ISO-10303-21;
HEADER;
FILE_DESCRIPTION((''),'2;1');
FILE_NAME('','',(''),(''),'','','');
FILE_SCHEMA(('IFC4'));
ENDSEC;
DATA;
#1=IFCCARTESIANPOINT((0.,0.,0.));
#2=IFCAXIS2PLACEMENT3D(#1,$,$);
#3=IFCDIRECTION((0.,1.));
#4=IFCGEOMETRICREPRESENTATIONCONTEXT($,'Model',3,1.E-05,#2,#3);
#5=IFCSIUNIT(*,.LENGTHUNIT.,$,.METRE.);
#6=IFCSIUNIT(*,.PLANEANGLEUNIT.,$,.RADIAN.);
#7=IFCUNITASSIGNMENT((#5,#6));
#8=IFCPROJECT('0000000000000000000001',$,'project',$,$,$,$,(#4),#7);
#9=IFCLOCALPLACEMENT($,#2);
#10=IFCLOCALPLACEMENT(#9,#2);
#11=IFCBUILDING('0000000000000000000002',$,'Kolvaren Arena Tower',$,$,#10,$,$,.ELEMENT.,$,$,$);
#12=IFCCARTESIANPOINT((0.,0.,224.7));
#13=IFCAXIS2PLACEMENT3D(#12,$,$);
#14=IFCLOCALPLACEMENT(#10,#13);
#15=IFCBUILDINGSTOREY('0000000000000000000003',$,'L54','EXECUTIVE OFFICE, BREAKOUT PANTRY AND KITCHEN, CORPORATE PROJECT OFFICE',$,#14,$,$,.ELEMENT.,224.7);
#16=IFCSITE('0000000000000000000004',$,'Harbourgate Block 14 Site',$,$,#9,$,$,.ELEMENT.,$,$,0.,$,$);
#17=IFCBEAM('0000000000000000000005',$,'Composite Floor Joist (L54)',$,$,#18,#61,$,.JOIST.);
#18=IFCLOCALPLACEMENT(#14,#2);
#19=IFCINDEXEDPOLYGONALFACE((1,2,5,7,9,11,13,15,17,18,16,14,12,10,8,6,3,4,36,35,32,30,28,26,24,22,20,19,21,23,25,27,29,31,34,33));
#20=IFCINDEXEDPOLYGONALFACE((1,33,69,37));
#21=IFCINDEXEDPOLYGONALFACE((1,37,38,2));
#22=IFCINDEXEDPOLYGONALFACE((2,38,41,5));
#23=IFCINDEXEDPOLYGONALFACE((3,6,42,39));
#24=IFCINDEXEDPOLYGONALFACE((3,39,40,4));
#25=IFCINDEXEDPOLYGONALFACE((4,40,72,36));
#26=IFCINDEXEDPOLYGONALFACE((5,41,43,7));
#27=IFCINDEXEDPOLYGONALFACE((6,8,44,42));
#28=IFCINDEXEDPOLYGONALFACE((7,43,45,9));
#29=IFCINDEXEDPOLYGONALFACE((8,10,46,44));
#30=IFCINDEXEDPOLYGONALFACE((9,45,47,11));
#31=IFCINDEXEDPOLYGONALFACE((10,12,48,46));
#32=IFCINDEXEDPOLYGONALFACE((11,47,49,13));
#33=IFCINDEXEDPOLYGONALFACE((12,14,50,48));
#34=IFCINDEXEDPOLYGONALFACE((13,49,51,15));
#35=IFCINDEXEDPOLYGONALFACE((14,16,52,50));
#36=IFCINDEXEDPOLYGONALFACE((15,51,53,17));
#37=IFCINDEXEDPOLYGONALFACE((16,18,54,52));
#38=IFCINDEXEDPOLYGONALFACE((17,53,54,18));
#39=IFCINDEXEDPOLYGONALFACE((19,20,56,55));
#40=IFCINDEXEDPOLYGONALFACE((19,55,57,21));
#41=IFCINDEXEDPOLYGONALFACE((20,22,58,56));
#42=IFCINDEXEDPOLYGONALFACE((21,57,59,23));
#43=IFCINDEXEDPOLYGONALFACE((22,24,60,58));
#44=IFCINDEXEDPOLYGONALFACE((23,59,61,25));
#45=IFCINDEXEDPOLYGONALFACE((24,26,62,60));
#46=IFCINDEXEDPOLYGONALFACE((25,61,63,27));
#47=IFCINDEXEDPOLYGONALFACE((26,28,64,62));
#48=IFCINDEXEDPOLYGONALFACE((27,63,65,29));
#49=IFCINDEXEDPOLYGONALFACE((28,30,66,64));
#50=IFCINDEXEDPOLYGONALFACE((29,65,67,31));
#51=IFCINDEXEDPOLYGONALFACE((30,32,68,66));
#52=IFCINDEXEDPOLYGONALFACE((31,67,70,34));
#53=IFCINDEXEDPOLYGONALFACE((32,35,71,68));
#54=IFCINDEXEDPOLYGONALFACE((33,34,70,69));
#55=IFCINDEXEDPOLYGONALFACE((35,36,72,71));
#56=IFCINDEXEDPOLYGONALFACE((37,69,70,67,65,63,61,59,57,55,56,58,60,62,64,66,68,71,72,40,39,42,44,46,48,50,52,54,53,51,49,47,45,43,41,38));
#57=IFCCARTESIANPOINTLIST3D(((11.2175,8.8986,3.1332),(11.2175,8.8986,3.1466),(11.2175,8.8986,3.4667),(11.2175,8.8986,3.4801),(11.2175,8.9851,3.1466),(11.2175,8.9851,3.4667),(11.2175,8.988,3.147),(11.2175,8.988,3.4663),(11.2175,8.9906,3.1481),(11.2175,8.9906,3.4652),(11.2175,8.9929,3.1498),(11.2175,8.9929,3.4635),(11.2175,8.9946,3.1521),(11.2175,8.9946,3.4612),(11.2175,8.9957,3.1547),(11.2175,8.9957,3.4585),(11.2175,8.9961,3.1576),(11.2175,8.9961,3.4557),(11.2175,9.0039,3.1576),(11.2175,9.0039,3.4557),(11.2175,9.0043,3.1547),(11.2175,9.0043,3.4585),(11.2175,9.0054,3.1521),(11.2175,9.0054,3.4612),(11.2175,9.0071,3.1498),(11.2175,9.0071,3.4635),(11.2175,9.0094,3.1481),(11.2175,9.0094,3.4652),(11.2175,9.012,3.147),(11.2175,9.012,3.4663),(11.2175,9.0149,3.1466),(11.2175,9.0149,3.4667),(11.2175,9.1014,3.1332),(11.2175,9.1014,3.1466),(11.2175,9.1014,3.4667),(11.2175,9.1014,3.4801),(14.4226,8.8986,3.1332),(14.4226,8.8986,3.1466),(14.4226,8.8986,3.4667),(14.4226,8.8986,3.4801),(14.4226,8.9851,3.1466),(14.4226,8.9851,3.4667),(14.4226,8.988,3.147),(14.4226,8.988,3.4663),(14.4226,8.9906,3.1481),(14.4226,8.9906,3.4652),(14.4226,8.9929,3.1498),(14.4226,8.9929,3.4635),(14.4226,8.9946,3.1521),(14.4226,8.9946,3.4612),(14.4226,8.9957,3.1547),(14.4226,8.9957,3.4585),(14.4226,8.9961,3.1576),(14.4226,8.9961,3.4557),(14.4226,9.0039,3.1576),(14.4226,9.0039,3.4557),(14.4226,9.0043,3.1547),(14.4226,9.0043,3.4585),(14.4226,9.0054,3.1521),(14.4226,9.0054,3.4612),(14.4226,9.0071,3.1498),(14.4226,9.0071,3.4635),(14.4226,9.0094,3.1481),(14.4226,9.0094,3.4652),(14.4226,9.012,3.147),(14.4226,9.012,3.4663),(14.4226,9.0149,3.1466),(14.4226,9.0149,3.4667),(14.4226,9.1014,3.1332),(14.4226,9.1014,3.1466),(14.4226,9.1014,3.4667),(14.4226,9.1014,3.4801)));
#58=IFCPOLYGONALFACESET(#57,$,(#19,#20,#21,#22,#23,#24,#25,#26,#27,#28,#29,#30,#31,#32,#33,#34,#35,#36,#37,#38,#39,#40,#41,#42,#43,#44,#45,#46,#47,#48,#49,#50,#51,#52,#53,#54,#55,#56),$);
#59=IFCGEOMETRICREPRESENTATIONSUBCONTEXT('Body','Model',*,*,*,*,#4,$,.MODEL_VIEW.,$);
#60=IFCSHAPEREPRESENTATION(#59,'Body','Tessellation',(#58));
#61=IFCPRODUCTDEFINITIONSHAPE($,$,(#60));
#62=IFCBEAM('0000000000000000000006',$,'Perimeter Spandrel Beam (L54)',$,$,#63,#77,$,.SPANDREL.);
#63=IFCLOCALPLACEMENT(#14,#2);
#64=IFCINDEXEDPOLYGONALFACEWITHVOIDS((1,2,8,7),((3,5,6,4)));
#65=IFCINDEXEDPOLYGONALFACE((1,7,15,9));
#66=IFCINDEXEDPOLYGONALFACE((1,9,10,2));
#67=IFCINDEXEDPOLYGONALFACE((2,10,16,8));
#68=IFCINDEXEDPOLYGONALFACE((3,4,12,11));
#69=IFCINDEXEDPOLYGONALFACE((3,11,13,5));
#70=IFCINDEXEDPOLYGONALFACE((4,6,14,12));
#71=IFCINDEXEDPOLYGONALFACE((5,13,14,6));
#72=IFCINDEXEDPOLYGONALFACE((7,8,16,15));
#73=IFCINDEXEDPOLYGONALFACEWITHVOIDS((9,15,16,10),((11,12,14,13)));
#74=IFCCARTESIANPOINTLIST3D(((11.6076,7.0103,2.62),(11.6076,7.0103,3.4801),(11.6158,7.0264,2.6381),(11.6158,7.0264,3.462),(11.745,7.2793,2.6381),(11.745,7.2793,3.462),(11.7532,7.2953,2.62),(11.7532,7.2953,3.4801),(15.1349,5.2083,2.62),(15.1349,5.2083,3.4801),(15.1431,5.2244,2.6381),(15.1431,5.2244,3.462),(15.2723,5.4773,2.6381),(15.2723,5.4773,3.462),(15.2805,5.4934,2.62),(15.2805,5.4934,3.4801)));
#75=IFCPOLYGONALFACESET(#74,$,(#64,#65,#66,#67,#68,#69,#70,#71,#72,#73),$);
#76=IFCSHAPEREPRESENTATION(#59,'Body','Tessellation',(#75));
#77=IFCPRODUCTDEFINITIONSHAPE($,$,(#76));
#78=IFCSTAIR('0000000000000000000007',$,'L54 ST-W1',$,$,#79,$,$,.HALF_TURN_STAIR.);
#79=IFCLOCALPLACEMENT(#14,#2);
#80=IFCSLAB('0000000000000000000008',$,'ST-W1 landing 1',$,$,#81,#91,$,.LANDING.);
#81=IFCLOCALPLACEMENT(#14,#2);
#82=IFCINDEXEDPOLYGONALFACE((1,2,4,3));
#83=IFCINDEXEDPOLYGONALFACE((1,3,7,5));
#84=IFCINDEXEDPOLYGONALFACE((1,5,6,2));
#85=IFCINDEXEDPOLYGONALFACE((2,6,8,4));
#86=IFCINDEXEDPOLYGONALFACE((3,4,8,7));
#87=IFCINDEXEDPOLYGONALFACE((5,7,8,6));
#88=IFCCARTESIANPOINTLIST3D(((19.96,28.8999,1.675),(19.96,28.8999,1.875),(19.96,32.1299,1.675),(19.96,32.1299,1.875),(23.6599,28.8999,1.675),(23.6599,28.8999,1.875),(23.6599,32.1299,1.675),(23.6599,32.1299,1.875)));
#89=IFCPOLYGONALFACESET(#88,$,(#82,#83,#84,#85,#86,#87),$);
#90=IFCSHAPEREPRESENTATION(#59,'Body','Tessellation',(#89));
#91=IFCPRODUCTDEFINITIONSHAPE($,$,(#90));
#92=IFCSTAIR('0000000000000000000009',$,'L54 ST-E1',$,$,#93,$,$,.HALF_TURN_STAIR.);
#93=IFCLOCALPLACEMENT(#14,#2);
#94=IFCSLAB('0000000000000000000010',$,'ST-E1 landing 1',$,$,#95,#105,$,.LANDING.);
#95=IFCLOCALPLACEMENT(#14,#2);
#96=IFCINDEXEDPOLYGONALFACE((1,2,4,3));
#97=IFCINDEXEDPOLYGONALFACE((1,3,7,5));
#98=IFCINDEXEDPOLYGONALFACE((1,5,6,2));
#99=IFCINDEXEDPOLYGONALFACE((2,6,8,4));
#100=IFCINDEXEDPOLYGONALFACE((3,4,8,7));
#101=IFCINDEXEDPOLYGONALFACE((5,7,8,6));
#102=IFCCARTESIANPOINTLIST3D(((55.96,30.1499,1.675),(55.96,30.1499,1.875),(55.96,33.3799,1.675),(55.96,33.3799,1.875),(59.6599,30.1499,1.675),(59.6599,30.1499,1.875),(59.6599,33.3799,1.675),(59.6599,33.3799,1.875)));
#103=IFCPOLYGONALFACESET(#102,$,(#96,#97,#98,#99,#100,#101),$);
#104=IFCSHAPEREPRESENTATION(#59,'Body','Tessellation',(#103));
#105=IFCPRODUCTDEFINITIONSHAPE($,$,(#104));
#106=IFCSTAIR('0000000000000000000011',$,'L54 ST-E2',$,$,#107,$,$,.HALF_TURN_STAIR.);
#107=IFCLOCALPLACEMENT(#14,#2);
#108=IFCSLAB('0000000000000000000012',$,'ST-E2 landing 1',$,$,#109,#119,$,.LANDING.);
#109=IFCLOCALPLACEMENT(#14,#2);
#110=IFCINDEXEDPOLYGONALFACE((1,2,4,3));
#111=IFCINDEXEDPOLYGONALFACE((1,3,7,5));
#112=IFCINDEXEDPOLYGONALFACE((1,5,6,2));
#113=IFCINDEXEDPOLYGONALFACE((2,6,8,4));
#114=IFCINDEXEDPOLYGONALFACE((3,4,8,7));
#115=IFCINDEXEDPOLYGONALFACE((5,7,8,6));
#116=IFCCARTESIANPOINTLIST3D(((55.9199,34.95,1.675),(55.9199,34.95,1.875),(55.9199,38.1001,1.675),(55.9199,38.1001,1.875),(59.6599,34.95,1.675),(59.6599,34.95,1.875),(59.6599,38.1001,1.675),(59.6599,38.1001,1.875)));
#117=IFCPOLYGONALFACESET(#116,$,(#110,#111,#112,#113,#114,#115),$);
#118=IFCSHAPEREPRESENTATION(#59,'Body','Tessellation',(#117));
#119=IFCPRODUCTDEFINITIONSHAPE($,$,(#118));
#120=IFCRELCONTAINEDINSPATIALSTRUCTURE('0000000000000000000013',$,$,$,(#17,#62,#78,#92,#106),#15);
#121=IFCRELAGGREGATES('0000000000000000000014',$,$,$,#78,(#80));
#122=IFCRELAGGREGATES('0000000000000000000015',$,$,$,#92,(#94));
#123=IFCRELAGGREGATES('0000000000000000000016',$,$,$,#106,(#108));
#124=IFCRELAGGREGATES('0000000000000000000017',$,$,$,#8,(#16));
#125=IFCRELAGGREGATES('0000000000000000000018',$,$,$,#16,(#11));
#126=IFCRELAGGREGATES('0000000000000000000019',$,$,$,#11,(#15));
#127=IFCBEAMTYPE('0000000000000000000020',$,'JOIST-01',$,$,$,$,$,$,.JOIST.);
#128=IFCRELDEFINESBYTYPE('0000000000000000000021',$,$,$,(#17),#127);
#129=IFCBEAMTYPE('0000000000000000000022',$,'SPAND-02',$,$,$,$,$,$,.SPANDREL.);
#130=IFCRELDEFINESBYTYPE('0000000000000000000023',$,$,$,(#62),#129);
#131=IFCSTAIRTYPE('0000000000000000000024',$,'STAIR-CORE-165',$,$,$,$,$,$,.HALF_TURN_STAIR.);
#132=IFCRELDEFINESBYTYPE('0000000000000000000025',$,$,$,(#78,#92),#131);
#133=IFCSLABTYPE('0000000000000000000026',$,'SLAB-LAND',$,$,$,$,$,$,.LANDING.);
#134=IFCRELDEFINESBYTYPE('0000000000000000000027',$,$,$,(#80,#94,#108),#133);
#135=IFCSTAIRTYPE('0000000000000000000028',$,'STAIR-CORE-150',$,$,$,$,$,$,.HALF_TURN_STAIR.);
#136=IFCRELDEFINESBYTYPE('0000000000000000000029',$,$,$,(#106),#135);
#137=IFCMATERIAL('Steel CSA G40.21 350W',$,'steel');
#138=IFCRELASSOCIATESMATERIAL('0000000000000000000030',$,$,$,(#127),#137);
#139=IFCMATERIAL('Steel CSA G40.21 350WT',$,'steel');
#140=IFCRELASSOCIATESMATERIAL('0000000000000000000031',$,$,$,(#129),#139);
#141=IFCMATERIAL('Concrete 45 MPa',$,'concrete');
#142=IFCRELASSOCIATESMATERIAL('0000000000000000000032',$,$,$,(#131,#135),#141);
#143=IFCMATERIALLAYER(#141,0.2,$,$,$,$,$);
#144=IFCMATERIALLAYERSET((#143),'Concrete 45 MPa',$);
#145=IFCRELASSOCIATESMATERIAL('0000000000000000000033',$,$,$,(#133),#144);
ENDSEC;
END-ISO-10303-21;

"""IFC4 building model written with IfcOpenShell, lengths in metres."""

from ifc_helpers import new_model, si_unit, direction, frame, origin, origin_2d, place, context, subcontext, project, spatial, polyline, hollow_rectangle, i_section, outline, extrude, material, layer, layer_set, material_profile, profile_set, type_object, element, aggregate, save


model = new_model("IFC4")

# Units and contexts
model_context = context("Model", 3, precision=1e-05, world=origin(), true_north=direction((0.0, 1.0)))
body_context = subcontext(model_context, "Body", "Model", "MODEL_VIEW")
ifc_project = project(units=[si_unit("LENGTHUNIT", "METRE"), si_unit("PLANEANGLEUNIT", "RADIAN")], contexts=[model_context])

# Site, building, storey
site_placement = place(None, origin())
site = spatial("IfcSite", under=ifc_project, at=site_placement, Name="Harbourgate Block 14 Site", CompositionType="ELEMENT", RefElevation=0.0)
building_placement = place(site_placement, origin())
building = spatial("IfcBuilding", under=site, at=building_placement, Name="Kolvaren Arena Tower", CompositionType="ELEMENT")
storey_placement = place(building_placement, frame((0.0, 0.0, 224.7)))
storey = spatial("IfcBuildingStorey", under=building, at=storey_placement, Name="L54", Description="EXECUTIVE OFFICE, BREAKOUT PANTRY AND KITCHEN, CORPORATE PROJECT OFFICE", CompositionType="ELEMENT", Elevation=224.7)

# Beams
ifc_material_1 = material(Name="Steel CSA G40.21 350W", Category="steel")
ifc_material_profile_1 = material_profile(ifc_material_1, i_section(OverallWidth=0.2029, OverallDepth=0.3469, WebThickness=0.0078, FlangeThickness=0.0134, FilletRadius=0.011, at=origin_2d()), Name="W360x64")
ifc_profile_set_1 = profile_set([ifc_material_profile_1], Name="Steel CSA G40.21 350W")
beam_type_1 = type_object("IfcBeamType", Name="JOIST-01", PredefinedType="JOIST", material=ifc_profile_set_1)
beam_1_placement = place(storey_placement, frame((11.2175, 9.0, 3.3066), z_axis=(1.0, 0.0, 0.0), x_axis=(0.0, 1.0, 0.0)))
element("IfcBeam", 1, at=beam_1_placement, inside=storey, type_object=beam_type_1, Name="Composite Floor Joist (L54)", PredefinedType="JOIST", context=body_context, shape_type="SweptSolid", body=[
    extrude(i_section(OverallWidth=0.2029, OverallDepth=0.3469, WebThickness=0.0078, FlangeThickness=0.0134, FilletRadius=0.011, at=origin_2d()), origin(), (0.0, 0.0, 1.0), 3.2051),
])
ifc_material_2 = material(Name="Steel CSA G40.21 350WT", Category="steel")
ifc_material_profile_2 = material_profile(ifc_material_2, hollow_rectangle(XDim=0.3201, YDim=0.8601, WallThickness=0.0181, at=origin_2d()), Name="HSS 860x320x18")
ifc_profile_set_2 = profile_set([ifc_material_profile_2], Name="Steel CSA G40.21 350WT")
beam_type_2 = type_object("IfcBeamType", Name="SPAND-02", PredefinedType="SPANDREL", material=ifc_profile_set_2)
beam_2_placement = place(storey_placement, frame((11.6804, 7.1528, 3.05), z_axis=(0.890523, -0.454938, 0.0), x_axis=(0.454938, 0.890523, 0.0)))
element("IfcBeam", 2, at=beam_2_placement, inside=storey, type_object=beam_type_2, Name="Perimeter Spandrel Beam (L54)", PredefinedType="SPANDREL", context=body_context, shape_type="SweptSolid", body=[
    extrude(hollow_rectangle(XDim=0.3201, YDim=0.8601, WallThickness=0.0181, at=origin_2d()), origin(), (0.0, 0.0, 1.0), 3.9609),
])

# Stairs, slabs
ifc_material_3 = material(Name="Concrete 45 MPa", Category="concrete")
stair_type_1 = type_object("IfcStairType", Name="STAIR-CORE-165", PredefinedType="HALF_TURN_STAIR", material=ifc_material_3)
stair_1_placement = place(storey_placement, origin())
stair_1 = element("IfcStair", 3, at=stair_1_placement, inside=storey, type_object=stair_type_1, Name="L54 ST-W1", PredefinedType="HALF_TURN_STAIR")
ifc_layer_1 = layer(ifc_material_3, 0.2)
ifc_layer_set_1 = layer_set([ifc_layer_1], Name="Concrete 45 MPa")
slab_type_1 = type_object("IfcSlabType", Name="SLAB-LAND", PredefinedType="LANDING", material=ifc_layer_set_1)
slab_1_placement = place(storey_placement, frame((0.0, 0.0, 1.675)))
slab_1 = element("IfcSlab", 4, at=slab_1_placement, type_object=slab_type_1, Name="ST-W1 landing 1", PredefinedType="LANDING", context=body_context, shape_type="SweptSolid", body=[
    extrude(outline(polyline([(19.96, 28.8999), (23.6599, 28.8999), (23.6599, 32.1299), (19.96, 32.1299), (19.96, 28.8999)])), origin(), (0.0, 0.0, 1.0), 0.2),
])
aggregate(stair_1, [slab_1])
stair_2_placement = place(storey_placement, origin())
stair_2 = element("IfcStair", 5, at=stair_2_placement, inside=storey, type_object=stair_type_1, Name="L54 ST-E1", PredefinedType="HALF_TURN_STAIR")
slab_2_placement = place(storey_placement, frame((0.0, 0.0, 1.675)))
slab_2 = element("IfcSlab", 6, at=slab_2_placement, type_object=slab_type_1, Name="ST-E1 landing 1", PredefinedType="LANDING", context=body_context, shape_type="SweptSolid", body=[
    extrude(outline(polyline([(55.96, 30.1499), (59.6599, 30.1499), (59.6599, 33.3799), (55.96, 33.3799), (55.96, 30.1499)])), origin(), (0.0, 0.0, 1.0), 0.2),
])
aggregate(stair_2, [slab_2])
stair_type_2 = type_object("IfcStairType", Name="STAIR-CORE-150", PredefinedType="HALF_TURN_STAIR", material=ifc_material_3)
stair_3_placement = place(storey_placement, origin())
stair_3 = element("IfcStair", 7, at=stair_3_placement, inside=storey, type_object=stair_type_2, Name="L54 ST-E2", PredefinedType="HALF_TURN_STAIR")
slab_3_placement = place(storey_placement, frame((0.0, 0.0, 1.675)))
slab_3 = element("IfcSlab", 8, at=slab_3_placement, type_object=slab_type_1, Name="ST-E2 landing 1", PredefinedType="LANDING", context=body_context, shape_type="SweptSolid", body=[
    extrude(outline(polyline([(55.9199, 34.95), (59.6599, 34.95), (59.6599, 38.1001), (55.9199, 38.1001), (55.9199, 34.95)])), origin(), (0.0, 0.0, 1.0), 0.2),
])
aggregate(stair_3, [slab_3])

save(model, "model.ifc")
